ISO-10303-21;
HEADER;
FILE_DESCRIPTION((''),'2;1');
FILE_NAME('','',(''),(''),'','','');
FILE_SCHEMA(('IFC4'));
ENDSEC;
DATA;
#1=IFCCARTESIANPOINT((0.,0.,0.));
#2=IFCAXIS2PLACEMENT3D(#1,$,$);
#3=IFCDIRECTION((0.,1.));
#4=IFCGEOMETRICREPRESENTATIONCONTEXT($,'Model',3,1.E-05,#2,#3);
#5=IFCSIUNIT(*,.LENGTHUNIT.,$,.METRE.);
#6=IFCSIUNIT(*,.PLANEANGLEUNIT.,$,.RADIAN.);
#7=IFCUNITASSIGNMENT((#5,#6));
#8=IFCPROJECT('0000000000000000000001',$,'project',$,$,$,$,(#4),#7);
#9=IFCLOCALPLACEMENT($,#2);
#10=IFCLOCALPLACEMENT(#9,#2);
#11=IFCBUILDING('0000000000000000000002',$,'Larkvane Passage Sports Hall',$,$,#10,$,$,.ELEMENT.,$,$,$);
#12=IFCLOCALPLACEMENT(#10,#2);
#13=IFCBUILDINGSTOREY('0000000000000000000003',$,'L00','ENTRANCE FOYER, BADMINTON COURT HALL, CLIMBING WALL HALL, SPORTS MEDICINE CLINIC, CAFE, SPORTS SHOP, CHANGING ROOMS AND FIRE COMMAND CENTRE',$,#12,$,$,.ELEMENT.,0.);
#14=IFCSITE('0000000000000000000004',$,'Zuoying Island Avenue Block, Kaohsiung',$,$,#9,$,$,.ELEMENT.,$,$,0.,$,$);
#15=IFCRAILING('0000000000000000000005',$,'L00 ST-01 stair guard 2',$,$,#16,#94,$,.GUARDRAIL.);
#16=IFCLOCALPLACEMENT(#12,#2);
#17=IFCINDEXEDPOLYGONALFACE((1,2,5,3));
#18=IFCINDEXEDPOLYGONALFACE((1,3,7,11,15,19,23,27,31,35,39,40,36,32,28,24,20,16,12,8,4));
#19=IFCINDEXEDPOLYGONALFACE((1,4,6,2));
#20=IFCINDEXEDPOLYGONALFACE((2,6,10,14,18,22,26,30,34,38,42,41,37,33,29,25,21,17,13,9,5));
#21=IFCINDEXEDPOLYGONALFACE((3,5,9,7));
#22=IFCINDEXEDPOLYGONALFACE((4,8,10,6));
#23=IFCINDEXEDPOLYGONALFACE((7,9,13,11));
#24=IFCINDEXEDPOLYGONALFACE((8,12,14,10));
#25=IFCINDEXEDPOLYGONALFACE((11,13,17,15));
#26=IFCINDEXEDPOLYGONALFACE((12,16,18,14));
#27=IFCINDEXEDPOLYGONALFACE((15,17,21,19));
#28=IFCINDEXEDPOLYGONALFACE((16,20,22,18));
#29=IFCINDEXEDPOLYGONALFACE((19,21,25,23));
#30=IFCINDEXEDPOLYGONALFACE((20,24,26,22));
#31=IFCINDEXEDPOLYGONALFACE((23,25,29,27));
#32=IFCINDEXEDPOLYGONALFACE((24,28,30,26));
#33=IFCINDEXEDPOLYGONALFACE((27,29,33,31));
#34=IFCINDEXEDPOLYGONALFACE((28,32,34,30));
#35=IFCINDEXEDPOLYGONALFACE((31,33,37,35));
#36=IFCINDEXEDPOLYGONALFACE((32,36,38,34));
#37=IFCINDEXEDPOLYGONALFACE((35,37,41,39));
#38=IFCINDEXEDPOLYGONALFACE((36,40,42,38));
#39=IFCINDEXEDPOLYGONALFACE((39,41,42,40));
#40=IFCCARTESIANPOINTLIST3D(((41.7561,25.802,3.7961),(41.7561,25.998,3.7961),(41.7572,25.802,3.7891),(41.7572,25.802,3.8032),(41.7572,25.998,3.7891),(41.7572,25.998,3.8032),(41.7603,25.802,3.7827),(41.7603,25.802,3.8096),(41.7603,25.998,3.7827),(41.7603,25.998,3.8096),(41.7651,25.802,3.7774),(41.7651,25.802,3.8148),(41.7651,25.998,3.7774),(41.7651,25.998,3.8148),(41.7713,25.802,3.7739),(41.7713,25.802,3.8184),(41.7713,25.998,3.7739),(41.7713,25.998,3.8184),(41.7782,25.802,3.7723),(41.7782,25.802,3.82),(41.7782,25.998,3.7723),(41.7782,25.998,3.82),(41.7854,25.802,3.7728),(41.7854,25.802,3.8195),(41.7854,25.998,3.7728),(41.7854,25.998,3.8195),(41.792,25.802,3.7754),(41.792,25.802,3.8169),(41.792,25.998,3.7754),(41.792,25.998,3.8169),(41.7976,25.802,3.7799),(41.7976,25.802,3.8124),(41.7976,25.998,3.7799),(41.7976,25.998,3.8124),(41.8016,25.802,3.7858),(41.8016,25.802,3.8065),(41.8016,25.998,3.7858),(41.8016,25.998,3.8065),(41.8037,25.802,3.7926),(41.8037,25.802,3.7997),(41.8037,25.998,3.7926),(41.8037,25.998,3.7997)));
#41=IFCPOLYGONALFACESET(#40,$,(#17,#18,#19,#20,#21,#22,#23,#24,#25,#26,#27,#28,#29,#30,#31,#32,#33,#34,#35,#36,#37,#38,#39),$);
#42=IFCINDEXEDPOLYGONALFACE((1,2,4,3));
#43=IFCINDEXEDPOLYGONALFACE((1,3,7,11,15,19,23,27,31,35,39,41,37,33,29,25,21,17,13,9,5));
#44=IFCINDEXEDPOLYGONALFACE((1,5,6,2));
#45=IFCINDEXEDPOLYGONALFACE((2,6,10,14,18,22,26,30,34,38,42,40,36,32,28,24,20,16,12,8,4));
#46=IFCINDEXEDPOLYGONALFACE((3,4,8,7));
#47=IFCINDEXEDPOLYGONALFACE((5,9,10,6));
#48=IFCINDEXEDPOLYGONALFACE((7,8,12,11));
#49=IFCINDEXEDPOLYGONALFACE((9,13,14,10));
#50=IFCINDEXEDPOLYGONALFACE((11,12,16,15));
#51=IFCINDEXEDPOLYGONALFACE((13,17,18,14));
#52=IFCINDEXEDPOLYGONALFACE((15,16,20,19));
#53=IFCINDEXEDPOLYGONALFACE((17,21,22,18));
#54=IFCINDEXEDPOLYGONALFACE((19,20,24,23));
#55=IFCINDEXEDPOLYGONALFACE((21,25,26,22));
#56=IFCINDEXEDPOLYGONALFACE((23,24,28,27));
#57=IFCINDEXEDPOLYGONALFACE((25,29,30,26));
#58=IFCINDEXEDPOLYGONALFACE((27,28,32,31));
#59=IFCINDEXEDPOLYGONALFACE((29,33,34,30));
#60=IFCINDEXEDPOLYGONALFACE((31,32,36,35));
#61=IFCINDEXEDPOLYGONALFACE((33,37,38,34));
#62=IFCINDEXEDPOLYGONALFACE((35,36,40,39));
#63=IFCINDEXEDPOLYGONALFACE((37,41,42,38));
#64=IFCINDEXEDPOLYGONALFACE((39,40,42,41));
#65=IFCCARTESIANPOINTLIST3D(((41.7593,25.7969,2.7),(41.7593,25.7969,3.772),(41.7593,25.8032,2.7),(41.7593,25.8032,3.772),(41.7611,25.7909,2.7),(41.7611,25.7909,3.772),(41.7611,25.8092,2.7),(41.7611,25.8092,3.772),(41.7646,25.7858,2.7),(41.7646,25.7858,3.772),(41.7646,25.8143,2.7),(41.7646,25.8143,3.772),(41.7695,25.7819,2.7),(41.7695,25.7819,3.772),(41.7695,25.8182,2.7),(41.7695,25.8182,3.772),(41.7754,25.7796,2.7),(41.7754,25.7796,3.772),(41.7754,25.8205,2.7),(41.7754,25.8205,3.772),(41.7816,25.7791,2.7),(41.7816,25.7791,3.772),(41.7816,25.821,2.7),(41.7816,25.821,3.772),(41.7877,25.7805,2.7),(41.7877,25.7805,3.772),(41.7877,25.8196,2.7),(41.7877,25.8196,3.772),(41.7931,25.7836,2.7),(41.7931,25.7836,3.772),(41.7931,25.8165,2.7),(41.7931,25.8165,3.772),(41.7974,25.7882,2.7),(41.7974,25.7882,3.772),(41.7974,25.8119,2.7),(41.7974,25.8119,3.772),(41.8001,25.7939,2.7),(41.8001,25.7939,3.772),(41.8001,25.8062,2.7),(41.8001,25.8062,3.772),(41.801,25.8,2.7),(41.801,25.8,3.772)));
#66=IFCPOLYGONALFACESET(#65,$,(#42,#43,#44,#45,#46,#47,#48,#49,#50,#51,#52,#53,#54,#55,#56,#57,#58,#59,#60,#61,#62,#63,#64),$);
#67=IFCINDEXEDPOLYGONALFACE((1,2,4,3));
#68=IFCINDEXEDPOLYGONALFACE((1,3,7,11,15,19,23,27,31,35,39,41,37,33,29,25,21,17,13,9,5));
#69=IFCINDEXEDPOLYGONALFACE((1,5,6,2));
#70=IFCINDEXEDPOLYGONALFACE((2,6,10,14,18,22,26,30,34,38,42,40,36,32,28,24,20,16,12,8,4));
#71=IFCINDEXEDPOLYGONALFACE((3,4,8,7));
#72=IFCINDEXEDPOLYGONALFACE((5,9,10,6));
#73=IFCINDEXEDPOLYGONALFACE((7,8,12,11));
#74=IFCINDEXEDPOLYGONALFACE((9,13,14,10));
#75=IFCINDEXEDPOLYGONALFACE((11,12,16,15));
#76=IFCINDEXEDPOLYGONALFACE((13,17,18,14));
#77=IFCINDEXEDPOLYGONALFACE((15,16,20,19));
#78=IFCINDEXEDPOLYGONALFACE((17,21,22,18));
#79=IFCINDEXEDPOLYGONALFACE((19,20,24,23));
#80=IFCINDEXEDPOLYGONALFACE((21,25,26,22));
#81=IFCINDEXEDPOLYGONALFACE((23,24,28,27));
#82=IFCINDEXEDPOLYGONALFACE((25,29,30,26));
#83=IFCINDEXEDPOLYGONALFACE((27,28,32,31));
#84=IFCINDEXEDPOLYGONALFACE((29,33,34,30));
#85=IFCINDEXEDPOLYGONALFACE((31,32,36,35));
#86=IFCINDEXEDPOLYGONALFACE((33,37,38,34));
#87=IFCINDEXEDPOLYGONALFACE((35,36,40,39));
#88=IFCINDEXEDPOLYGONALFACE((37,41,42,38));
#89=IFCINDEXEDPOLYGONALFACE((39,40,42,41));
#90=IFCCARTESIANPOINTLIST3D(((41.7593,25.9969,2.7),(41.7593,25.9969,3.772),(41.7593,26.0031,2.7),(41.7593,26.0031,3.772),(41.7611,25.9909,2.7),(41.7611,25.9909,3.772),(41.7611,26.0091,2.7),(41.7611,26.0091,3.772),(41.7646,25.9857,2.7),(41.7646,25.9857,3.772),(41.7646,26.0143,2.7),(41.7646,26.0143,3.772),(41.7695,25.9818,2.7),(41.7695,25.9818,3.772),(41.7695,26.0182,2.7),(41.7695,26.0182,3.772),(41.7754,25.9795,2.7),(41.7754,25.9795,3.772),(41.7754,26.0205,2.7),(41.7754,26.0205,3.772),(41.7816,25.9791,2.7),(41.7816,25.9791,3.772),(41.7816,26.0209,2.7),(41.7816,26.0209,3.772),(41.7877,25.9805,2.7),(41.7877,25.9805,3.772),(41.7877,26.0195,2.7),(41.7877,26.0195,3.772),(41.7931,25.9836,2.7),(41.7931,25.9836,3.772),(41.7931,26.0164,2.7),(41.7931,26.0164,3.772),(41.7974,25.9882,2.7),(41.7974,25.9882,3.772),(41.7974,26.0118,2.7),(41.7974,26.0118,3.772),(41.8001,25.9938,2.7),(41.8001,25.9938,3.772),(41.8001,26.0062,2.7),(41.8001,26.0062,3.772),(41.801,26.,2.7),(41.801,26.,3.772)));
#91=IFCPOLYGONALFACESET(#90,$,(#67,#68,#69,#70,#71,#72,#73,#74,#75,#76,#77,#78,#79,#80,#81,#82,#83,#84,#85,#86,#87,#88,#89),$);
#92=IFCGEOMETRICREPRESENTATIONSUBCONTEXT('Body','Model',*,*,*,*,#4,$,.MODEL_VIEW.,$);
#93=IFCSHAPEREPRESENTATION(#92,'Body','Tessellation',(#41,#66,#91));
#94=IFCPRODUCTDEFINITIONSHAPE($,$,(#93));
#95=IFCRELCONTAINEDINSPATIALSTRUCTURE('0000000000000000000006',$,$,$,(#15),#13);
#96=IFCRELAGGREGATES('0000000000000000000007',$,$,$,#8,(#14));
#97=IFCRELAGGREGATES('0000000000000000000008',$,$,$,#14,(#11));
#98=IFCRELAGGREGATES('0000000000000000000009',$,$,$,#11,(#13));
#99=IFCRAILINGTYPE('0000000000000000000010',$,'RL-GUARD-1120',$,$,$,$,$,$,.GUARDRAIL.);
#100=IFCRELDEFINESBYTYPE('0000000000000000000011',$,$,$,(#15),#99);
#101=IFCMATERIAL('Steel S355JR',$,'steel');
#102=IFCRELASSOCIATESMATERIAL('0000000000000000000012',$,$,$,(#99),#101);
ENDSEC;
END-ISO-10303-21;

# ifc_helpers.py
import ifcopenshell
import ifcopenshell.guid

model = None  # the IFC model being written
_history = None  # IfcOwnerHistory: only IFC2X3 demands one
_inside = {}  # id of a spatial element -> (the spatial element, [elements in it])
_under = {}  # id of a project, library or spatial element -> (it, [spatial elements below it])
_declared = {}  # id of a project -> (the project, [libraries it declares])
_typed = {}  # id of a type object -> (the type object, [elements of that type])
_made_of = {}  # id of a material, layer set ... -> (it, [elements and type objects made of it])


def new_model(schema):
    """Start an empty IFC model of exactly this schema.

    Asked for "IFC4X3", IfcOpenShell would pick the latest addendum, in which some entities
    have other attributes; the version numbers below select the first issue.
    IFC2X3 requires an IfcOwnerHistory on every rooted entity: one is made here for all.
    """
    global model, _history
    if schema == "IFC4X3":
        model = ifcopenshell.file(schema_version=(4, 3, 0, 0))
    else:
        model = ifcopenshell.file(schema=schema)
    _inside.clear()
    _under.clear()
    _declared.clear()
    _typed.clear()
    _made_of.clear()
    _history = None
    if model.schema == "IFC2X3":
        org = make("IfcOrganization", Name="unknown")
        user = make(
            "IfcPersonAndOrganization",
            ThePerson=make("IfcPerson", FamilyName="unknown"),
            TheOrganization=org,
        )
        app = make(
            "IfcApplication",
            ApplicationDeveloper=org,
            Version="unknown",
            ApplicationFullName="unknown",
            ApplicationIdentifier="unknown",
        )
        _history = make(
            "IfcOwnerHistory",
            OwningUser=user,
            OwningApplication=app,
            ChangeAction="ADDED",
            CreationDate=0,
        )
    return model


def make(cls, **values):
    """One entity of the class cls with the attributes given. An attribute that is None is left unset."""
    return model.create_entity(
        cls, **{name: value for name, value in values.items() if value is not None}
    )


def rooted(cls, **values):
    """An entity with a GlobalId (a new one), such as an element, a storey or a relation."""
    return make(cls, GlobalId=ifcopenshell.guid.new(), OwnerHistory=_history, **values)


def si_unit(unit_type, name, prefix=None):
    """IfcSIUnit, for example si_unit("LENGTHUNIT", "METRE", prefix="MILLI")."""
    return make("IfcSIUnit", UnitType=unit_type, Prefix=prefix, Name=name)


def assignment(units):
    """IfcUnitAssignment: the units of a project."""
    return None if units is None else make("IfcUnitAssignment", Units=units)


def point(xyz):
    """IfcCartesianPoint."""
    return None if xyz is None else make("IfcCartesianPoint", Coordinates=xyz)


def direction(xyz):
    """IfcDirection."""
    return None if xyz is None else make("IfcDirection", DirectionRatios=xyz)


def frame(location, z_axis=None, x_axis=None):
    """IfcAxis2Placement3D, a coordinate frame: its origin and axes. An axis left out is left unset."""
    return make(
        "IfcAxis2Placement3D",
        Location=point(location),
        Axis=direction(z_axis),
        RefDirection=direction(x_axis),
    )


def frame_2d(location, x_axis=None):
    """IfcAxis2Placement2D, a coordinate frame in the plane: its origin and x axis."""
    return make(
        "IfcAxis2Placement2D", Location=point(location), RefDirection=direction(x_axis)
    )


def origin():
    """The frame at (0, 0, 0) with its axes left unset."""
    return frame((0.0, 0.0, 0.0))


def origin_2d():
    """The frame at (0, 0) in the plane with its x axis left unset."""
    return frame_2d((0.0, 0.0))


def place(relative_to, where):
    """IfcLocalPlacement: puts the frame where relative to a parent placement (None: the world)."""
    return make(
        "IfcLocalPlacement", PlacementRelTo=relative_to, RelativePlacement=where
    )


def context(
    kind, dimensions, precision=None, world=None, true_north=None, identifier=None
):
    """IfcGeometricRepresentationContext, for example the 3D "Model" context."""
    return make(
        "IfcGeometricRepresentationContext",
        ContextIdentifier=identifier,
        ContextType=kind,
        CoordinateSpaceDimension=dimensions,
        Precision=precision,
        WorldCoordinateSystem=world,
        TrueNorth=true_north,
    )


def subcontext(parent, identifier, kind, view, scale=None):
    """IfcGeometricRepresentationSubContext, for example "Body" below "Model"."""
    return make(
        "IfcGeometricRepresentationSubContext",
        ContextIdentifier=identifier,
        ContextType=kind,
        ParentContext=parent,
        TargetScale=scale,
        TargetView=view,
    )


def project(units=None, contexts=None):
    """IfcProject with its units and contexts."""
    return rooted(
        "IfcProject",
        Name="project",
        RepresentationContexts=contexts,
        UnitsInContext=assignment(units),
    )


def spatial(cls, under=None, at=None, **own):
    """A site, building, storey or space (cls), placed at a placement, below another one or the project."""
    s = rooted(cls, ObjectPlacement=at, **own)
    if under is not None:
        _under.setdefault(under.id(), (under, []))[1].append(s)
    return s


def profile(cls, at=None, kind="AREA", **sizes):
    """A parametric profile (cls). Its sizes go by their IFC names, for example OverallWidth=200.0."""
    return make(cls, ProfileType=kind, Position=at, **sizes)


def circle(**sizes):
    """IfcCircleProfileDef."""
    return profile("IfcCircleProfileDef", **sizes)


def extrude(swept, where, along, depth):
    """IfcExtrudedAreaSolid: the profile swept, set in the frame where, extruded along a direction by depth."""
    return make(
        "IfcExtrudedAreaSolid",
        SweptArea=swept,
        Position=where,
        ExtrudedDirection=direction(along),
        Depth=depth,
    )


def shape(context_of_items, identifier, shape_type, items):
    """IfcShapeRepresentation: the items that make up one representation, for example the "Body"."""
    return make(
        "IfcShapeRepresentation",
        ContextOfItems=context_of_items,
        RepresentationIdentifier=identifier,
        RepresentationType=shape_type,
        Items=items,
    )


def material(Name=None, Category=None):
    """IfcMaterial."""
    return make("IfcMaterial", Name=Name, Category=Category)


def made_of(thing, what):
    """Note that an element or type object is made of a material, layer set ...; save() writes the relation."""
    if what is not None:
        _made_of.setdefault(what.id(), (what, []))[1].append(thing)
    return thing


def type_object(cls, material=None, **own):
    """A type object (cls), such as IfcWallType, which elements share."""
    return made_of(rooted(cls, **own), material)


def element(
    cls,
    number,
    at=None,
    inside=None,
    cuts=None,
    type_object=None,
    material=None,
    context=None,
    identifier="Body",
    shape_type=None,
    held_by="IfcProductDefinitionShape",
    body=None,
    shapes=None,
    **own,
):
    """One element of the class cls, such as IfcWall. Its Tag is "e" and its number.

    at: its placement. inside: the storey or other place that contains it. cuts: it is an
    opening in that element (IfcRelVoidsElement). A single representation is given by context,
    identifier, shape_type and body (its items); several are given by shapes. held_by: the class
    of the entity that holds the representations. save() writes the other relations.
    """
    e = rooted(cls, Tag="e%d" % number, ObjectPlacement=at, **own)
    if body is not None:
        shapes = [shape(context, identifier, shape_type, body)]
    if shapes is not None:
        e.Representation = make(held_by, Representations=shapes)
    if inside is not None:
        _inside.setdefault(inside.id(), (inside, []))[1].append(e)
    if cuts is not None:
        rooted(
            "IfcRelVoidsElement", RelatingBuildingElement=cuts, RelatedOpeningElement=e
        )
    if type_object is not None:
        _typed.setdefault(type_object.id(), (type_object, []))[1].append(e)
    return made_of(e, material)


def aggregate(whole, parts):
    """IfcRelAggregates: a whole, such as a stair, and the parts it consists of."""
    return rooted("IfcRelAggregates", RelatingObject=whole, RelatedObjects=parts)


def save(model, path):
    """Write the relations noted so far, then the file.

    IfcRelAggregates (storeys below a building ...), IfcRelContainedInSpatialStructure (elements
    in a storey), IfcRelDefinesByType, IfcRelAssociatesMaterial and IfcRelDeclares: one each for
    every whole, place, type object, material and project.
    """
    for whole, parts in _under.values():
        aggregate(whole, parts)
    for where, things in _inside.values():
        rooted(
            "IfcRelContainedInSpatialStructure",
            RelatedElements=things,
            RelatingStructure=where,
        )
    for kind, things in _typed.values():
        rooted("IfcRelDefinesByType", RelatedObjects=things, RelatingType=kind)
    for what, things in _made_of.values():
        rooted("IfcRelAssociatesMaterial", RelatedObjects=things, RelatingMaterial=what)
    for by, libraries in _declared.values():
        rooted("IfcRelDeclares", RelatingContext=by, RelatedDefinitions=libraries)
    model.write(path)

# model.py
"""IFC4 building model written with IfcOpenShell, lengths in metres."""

from ifc_helpers import new_model, si_unit, direction, frame, origin, origin_2d, place, context, subcontext, project, spatial, circle, extrude, material, type_object, element, save


model = new_model("IFC4")

# Units and contexts
model_context = context("Model", 3, precision=1e-05, world=origin(), true_north=direction((0.0, 1.0)))
body_context = subcontext(model_context, "Body", "Model", "MODEL_VIEW")
ifc_project = project(units=[si_unit("LENGTHUNIT", "METRE"), si_unit("PLANEANGLEUNIT", "RADIAN")], contexts=[model_context])

# Site, building, storey
site_placement = place(None, origin())
site = spatial("IfcSite", under=ifc_project, at=site_placement, Name="Zuoying Island Avenue Block, Kaohsiung", CompositionType="ELEMENT", RefElevation=0.0)
building_placement = place(site_placement, origin())
building = spatial("IfcBuilding", under=site, at=building_placement, Name="Larkvane Passage Sports Hall", CompositionType="ELEMENT")
storey_placement = place(building_placement, origin())
storey = spatial("IfcBuildingStorey", under=building, at=storey_placement, Name="L00", Description="ENTRANCE FOYER, BADMINTON COURT HALL, CLIMBING WALL HALL, SPORTS MEDICINE CLINIC, CAFE, SPORTS SHOP, CHANGING ROOMS AND FIRE COMMAND CENTRE", CompositionType="ELEMENT", Elevation=0.0)

# Railing
ifc_material_1 = material(Name="Steel S355JR", Category="steel")
railing_type_1 = type_object("IfcRailingType", Name="RL-GUARD-1120", PredefinedType="GUARDRAIL", material=ifc_material_1)
railing_1_placement = place(storey_placement, frame((41.78, 25.8, 2.7)))
element("IfcRailing", 1, at=railing_1_placement, inside=storey, type_object=railing_type_1, Name="L00 ST-01 stair guard 2", PredefinedType="GUARDRAIL", context=body_context, shape_type="SweptSolid", body=[
    extrude(circle(Radius=0.0239, at=origin_2d()), frame((0.0, 0.002, 1.0962), z_axis=(0.0, 1.0, 0.0), x_axis=(-1.0, 0.0, 0.0)), (0.0, 0.0, 1.0), 0.196),
    extrude(circle(Radius=0.021, at=origin_2d()), origin(), (0.0, 0.0, 1.0), 1.072),
    extrude(circle(Radius=0.021, at=origin_2d()), frame((0.0, 0.2, 0.0)), (0.0, 0.0, 1.0), 1.072),
])

save(model, "model.ifc")
